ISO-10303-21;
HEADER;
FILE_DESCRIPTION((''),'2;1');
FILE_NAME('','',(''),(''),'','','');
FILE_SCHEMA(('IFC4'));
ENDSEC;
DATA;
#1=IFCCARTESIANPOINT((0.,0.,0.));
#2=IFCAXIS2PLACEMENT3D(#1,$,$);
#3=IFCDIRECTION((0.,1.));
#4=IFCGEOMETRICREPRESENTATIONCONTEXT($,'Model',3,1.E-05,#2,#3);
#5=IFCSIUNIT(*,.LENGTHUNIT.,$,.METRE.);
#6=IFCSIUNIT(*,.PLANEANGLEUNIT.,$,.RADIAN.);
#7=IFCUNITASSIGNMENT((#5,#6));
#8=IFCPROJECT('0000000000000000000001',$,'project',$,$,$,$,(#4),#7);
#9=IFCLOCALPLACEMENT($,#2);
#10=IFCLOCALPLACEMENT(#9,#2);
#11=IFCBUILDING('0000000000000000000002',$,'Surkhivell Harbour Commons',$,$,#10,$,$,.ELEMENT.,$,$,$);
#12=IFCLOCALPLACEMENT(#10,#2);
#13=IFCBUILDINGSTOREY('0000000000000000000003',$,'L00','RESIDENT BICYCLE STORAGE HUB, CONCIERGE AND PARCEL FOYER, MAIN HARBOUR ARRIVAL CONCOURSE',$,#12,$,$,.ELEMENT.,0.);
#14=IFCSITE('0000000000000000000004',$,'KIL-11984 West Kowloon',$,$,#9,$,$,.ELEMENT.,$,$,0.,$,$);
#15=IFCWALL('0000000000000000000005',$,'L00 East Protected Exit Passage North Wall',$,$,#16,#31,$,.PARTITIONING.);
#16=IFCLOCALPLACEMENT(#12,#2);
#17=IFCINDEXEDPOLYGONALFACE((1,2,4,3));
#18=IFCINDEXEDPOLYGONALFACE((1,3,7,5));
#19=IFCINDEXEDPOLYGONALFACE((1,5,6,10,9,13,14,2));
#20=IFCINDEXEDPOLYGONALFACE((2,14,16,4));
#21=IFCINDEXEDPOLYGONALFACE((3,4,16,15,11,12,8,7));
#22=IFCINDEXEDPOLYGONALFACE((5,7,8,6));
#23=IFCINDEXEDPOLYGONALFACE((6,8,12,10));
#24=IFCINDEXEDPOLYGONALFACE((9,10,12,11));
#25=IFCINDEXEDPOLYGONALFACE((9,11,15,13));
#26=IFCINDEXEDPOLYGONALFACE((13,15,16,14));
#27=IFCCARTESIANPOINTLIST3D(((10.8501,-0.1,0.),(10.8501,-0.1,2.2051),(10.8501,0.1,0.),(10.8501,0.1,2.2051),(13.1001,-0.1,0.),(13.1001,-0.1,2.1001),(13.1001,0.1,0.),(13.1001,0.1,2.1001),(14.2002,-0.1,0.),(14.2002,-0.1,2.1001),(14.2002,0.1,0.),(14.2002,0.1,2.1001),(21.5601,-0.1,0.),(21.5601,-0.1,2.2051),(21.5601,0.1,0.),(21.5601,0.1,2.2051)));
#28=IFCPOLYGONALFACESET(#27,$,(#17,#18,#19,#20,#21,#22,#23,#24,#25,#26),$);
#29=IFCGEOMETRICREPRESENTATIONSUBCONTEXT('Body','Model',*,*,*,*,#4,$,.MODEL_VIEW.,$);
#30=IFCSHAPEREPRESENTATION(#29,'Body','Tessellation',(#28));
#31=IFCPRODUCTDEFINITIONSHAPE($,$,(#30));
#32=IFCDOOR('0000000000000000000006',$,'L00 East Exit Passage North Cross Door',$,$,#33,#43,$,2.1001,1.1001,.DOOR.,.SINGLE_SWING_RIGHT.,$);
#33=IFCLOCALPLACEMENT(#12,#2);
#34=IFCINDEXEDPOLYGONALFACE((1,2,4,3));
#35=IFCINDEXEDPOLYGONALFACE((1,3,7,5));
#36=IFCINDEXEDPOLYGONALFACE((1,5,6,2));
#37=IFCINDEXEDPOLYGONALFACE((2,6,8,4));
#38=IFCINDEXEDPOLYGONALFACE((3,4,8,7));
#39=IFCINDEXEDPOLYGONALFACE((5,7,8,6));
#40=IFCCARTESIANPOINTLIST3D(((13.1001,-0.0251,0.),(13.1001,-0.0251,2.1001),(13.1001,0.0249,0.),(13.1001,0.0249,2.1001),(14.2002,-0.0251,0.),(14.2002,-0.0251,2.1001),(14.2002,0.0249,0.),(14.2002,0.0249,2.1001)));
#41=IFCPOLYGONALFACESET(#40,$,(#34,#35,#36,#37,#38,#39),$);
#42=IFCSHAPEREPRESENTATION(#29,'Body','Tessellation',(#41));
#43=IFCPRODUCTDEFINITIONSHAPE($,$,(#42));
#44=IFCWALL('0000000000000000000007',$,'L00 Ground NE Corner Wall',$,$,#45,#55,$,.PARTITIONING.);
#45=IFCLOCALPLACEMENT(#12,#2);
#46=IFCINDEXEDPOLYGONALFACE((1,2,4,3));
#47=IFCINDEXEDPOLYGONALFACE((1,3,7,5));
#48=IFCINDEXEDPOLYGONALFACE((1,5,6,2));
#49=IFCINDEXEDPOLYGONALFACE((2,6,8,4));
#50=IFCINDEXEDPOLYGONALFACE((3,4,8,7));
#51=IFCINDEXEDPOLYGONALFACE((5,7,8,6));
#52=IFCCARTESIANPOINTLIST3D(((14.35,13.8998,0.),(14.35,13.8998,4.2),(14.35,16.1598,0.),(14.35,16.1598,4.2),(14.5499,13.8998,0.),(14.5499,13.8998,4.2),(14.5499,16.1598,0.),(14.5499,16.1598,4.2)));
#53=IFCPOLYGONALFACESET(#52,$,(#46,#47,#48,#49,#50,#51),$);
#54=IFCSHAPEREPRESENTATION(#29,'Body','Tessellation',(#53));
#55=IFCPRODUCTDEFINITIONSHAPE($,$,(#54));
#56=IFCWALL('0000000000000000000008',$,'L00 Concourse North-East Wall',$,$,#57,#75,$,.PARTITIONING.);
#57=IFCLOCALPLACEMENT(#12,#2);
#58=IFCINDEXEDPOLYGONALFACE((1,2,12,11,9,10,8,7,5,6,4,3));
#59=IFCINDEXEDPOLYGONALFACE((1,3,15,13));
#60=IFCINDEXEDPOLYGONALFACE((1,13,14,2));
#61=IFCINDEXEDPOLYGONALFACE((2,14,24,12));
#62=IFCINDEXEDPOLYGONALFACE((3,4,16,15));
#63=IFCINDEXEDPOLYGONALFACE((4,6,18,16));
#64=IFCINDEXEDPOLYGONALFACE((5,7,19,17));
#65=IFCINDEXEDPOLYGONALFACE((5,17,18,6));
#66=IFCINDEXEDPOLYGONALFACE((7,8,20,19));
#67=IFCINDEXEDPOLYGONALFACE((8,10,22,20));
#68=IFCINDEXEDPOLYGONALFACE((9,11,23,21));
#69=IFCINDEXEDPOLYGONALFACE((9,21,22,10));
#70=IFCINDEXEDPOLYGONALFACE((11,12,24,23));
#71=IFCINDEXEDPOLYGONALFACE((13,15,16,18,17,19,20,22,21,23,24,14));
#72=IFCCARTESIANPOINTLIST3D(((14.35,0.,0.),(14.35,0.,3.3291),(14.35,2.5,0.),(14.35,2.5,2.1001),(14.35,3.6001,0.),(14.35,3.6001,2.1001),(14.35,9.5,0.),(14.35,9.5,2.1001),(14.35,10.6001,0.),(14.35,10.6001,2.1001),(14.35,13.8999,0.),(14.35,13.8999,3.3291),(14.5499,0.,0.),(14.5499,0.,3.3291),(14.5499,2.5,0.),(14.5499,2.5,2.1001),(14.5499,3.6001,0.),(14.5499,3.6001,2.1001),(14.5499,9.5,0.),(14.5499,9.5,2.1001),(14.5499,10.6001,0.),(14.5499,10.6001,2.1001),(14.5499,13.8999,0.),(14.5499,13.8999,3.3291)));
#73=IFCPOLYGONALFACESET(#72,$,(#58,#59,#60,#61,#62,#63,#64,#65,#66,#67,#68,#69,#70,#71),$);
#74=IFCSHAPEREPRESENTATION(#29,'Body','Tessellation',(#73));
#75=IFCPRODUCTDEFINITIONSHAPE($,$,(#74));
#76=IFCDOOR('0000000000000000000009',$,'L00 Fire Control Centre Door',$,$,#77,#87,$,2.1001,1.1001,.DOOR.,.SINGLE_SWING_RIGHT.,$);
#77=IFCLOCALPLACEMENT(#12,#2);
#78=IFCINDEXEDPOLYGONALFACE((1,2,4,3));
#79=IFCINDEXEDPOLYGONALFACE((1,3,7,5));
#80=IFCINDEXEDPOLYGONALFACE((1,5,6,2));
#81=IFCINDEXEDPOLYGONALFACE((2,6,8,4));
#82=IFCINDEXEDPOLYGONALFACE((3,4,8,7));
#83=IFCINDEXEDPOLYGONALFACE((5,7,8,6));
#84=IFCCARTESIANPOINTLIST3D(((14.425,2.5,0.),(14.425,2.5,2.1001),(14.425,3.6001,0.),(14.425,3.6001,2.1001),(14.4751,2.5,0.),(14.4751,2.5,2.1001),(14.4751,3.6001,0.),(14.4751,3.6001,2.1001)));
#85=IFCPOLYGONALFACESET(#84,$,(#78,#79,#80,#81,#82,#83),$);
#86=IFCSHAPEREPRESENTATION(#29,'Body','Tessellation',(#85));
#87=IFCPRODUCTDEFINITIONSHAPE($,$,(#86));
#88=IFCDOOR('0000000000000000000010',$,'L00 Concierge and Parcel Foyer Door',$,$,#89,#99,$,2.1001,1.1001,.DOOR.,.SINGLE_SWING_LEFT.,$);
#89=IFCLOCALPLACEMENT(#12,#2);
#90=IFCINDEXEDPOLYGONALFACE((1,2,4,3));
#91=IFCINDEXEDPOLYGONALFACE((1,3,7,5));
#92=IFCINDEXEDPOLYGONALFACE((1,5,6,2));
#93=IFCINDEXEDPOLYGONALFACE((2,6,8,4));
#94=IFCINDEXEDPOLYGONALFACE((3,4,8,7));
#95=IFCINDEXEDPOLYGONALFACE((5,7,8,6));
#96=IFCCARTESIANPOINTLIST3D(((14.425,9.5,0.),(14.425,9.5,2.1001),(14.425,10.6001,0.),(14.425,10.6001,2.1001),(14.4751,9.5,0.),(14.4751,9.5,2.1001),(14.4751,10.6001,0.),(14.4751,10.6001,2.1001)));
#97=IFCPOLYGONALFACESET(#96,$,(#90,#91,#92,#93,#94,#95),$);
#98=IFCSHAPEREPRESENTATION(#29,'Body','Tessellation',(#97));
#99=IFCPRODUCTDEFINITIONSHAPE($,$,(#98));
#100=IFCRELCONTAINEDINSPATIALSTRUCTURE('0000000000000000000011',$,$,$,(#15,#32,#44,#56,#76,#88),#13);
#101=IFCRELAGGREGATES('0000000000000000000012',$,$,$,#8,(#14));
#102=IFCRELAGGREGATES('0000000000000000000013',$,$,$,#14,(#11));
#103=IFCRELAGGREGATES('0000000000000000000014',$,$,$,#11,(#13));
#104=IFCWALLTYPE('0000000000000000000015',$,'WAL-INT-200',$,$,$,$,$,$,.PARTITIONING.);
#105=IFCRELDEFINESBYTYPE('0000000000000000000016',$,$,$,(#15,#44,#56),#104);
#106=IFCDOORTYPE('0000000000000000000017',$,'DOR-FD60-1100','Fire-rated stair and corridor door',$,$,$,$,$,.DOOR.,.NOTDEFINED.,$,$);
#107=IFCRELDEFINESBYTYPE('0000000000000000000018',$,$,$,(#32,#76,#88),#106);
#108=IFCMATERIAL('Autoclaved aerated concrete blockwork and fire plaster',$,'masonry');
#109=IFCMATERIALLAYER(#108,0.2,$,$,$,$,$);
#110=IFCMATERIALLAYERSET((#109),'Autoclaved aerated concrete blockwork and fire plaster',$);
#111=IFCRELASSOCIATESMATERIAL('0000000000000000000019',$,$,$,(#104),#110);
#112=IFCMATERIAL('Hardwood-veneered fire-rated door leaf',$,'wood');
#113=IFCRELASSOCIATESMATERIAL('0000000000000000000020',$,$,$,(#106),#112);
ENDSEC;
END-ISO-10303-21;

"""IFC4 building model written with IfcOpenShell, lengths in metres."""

from ifc_helpers import new_model, si_unit, direction, frame, frame_2d, origin, place, context, subcontext, project, spatial, rectangle, extrude, material, layer, layer_set, type_object, element, fill, save


model = new_model("IFC4")

# Units and contexts
model_context = context("Model", 3, precision=1e-05, world=origin(), true_north=direction((0.0, 1.0)))
body_context = subcontext(model_context, "Body", "Model", "MODEL_VIEW")
ifc_project = project(units=[si_unit("LENGTHUNIT", "METRE"), si_unit("PLANEANGLEUNIT", "RADIAN")], contexts=[model_context])

# Site, building, storey
site_placement = place(None, origin())
site = spatial("IfcSite", under=ifc_project, at=site_placement, Name="KIL-11984 West Kowloon", CompositionType="ELEMENT", RefElevation=0.0)
building_placement = place(site_placement, origin())
building = spatial("IfcBuilding", under=site, at=building_placement, Name="Surkhivell Harbour Commons", CompositionType="ELEMENT")
storey_placement = place(building_placement, origin())
storey = spatial("IfcBuildingStorey", under=building, at=storey_placement, Name="L00", Description="RESIDENT BICYCLE STORAGE HUB, CONCIERGE AND PARCEL FOYER, MAIN HARBOUR ARRIVAL CONCOURSE", CompositionType="ELEMENT", Elevation=0.0)

# Shared definitions
ifc_material_1 = material(Name="Autoclaved aerated concrete blockwork and fire plaster", Category="masonry")
ifc_layer_1 = layer(ifc_material_1, 0.2)
ifc_layer_set_1 = layer_set([ifc_layer_1], Name="Autoclaved aerated concrete blockwork and fire plaster")
wall_type = type_object("IfcWallType", Name="WAL-INT-200", PredefinedType="PARTITIONING", material=ifc_layer_set_1)

# Wall, opening, door
wall_1_placement = place(storey_placement, frame((10.8501, 0.0, 0.0), z_axis=(0.0, 0.0, 1.0), x_axis=(1.0, 0.0, 0.0)))
wall_1 = element("IfcWall", 1, at=wall_1_placement, inside=storey, type_object=wall_type, Name="L00 East Protected Exit Passage North Wall", PredefinedType="PARTITIONING", context=body_context, shape_type="SweptSolid", body=[
    extrude(rectangle(XDim=10.71, YDim=0.2, at=frame_2d((5.355, 0.0))), origin(), (0.0, 0.0, 1.0), 2.2051),
])
opening_1_placement = place(wall_1_placement, frame((2.25, 0.0, 0.0)))
opening_1 = element("IfcOpeningElement", 2, at=opening_1_placement, cuts=wall_1, PredefinedType="OPENING", context=body_context, shape_type="SweptSolid", body=[
    extrude(rectangle(XDim=1.1001, YDim=2.1001, at=frame_2d((0.55, 1.05))), frame((0.0, 0.1099, 0.0), z_axis=(0.0, -1.0, 0.0), x_axis=(1.0, 0.0, 0.0)), (0.0, 0.0, 1.0), 0.22),
])
ifc_material_2 = material(Name="Hardwood-veneered fire-rated door leaf", Category="wood")
door_type = type_object("IfcDoorType", Name="DOR-FD60-1100", Description="Fire-rated stair and corridor door", OperationType="NOTDEFINED", PredefinedType="DOOR", material=ifc_material_2)
door_1_placement = place(opening_1_placement, origin())
door_1 = element("IfcDoor", 3, at=door_1_placement, inside=storey, type_object=door_type, Name="L00 East Exit Passage North Cross Door", OperationType="SINGLE_SWING_RIGHT", OverallHeight=2.1001, OverallWidth=1.1001, PredefinedType="DOOR", context=body_context, shape_type="SweptSolid", body=[
    extrude(rectangle(XDim=1.1001, YDim=2.1001, at=frame_2d((0.55, 1.05))), frame((0.0, 0.0249, 0.0), z_axis=(0.0, -1.0, 0.0), x_axis=(1.0, 0.0, 0.0)), (0.0, 0.0, 1.0), 0.05),
])
fill(opening_1, door_1)

# Wall
wall_2_placement = place(storey_placement, frame((14.45, 13.8999, 0.0), z_axis=(0.0, 0.0, 1.0), x_axis=(0.0, 1.0, 0.0)))
element("IfcWall", 4, at=wall_2_placement, inside=storey, type_object=wall_type, Name="L00 Ground NE Corner Wall", PredefinedType="PARTITIONING", context=body_context, shape_type="SweptSolid", body=[
    extrude(rectangle(XDim=2.26, YDim=0.2, at=frame_2d((1.1299, 0.0))), origin(), (0.0, 0.0, 1.0), 4.2),
])

# Wall, openings, doors
wall_3_placement = place(storey_placement, frame((14.45, 0.0, 0.0), z_axis=(0.0, 0.0, 1.0), x_axis=(0.0, 1.0, 0.0)))
wall_3 = element("IfcWall", 5, at=wall_3_placement, inside=storey, type_object=wall_type, Name="L00 Concourse North-East Wall", PredefinedType="PARTITIONING", context=body_context, shape_type="SweptSolid", body=[
    extrude(rectangle(XDim=13.8999, YDim=0.2, at=frame_2d((6.95, 0.0))), origin(), (0.0, 0.0, 1.0), 3.3291),
])
opening_2_placement = place(wall_3_placement, frame((2.5, 0.0, 0.0)))
opening_2 = element("IfcOpeningElement", 6, at=opening_2_placement, cuts=wall_3, PredefinedType="OPENING", context=body_context, shape_type="SweptSolid", body=[
    extrude(rectangle(XDim=1.1001, YDim=2.1001, at=frame_2d((0.55, 1.05))), frame((0.0, 0.1099, 0.0), z_axis=(0.0, -1.0, 0.0), x_axis=(1.0, 0.0, 0.0)), (0.0, 0.0, 1.0), 0.22),
])
opening_3_placement = place(wall_3_placement, frame((9.5, 0.0, 0.0)))
opening_3 = element("IfcOpeningElement", 7, at=opening_3_placement, cuts=wall_3, PredefinedType="OPENING", context=body_context, shape_type="SweptSolid", body=[
    extrude(rectangle(XDim=1.1001, YDim=2.1001, at=frame_2d((0.55, 1.05))), frame((0.0, 0.1099, 0.0), z_axis=(0.0, -1.0, 0.0), x_axis=(1.0, 0.0, 0.0)), (0.0, 0.0, 1.0), 0.22),
])
door_2_placement = place(opening_2_placement, origin())
door_2 = element("IfcDoor", 8, at=door_2_placement, inside=storey, type_object=door_type, Name="L00 Fire Control Centre Door", OperationType="SINGLE_SWING_RIGHT", OverallHeight=2.1001, OverallWidth=1.1001, PredefinedType="DOOR", context=body_context, shape_type="SweptSolid", body=[
    extrude(rectangle(XDim=1.1001, YDim=2.1001, at=frame_2d((0.55, 1.05))), frame((0.0, 0.0249, 0.0), z_axis=(0.0, -1.0, 0.0), x_axis=(1.0, 0.0, 0.0)), (0.0, 0.0, 1.0), 0.05),
])
fill(opening_2, door_2)
door_3_placement = place(opening_3_placement, origin())
door_3 = element("IfcDoor", 9, at=door_3_placement, inside=storey, type_object=door_type, Name="L00 Concierge and Parcel Foyer Door", OperationType="SINGLE_SWING_LEFT", OverallHeight=2.1001, OverallWidth=1.1001, PredefinedType="DOOR", context=body_context, shape_type="SweptSolid", body=[
    extrude(rectangle(XDim=1.1001, YDim=2.1001, at=frame_2d((0.55, 1.05))), frame((0.0, 0.0249, 0.0), z_axis=(0.0, -1.0, 0.0), x_axis=(1.0, 0.0, 0.0)), (0.0, 0.0, 1.0), 0.05),
])
fill(opening_3, door_3)

save(model, "model.ifc")
